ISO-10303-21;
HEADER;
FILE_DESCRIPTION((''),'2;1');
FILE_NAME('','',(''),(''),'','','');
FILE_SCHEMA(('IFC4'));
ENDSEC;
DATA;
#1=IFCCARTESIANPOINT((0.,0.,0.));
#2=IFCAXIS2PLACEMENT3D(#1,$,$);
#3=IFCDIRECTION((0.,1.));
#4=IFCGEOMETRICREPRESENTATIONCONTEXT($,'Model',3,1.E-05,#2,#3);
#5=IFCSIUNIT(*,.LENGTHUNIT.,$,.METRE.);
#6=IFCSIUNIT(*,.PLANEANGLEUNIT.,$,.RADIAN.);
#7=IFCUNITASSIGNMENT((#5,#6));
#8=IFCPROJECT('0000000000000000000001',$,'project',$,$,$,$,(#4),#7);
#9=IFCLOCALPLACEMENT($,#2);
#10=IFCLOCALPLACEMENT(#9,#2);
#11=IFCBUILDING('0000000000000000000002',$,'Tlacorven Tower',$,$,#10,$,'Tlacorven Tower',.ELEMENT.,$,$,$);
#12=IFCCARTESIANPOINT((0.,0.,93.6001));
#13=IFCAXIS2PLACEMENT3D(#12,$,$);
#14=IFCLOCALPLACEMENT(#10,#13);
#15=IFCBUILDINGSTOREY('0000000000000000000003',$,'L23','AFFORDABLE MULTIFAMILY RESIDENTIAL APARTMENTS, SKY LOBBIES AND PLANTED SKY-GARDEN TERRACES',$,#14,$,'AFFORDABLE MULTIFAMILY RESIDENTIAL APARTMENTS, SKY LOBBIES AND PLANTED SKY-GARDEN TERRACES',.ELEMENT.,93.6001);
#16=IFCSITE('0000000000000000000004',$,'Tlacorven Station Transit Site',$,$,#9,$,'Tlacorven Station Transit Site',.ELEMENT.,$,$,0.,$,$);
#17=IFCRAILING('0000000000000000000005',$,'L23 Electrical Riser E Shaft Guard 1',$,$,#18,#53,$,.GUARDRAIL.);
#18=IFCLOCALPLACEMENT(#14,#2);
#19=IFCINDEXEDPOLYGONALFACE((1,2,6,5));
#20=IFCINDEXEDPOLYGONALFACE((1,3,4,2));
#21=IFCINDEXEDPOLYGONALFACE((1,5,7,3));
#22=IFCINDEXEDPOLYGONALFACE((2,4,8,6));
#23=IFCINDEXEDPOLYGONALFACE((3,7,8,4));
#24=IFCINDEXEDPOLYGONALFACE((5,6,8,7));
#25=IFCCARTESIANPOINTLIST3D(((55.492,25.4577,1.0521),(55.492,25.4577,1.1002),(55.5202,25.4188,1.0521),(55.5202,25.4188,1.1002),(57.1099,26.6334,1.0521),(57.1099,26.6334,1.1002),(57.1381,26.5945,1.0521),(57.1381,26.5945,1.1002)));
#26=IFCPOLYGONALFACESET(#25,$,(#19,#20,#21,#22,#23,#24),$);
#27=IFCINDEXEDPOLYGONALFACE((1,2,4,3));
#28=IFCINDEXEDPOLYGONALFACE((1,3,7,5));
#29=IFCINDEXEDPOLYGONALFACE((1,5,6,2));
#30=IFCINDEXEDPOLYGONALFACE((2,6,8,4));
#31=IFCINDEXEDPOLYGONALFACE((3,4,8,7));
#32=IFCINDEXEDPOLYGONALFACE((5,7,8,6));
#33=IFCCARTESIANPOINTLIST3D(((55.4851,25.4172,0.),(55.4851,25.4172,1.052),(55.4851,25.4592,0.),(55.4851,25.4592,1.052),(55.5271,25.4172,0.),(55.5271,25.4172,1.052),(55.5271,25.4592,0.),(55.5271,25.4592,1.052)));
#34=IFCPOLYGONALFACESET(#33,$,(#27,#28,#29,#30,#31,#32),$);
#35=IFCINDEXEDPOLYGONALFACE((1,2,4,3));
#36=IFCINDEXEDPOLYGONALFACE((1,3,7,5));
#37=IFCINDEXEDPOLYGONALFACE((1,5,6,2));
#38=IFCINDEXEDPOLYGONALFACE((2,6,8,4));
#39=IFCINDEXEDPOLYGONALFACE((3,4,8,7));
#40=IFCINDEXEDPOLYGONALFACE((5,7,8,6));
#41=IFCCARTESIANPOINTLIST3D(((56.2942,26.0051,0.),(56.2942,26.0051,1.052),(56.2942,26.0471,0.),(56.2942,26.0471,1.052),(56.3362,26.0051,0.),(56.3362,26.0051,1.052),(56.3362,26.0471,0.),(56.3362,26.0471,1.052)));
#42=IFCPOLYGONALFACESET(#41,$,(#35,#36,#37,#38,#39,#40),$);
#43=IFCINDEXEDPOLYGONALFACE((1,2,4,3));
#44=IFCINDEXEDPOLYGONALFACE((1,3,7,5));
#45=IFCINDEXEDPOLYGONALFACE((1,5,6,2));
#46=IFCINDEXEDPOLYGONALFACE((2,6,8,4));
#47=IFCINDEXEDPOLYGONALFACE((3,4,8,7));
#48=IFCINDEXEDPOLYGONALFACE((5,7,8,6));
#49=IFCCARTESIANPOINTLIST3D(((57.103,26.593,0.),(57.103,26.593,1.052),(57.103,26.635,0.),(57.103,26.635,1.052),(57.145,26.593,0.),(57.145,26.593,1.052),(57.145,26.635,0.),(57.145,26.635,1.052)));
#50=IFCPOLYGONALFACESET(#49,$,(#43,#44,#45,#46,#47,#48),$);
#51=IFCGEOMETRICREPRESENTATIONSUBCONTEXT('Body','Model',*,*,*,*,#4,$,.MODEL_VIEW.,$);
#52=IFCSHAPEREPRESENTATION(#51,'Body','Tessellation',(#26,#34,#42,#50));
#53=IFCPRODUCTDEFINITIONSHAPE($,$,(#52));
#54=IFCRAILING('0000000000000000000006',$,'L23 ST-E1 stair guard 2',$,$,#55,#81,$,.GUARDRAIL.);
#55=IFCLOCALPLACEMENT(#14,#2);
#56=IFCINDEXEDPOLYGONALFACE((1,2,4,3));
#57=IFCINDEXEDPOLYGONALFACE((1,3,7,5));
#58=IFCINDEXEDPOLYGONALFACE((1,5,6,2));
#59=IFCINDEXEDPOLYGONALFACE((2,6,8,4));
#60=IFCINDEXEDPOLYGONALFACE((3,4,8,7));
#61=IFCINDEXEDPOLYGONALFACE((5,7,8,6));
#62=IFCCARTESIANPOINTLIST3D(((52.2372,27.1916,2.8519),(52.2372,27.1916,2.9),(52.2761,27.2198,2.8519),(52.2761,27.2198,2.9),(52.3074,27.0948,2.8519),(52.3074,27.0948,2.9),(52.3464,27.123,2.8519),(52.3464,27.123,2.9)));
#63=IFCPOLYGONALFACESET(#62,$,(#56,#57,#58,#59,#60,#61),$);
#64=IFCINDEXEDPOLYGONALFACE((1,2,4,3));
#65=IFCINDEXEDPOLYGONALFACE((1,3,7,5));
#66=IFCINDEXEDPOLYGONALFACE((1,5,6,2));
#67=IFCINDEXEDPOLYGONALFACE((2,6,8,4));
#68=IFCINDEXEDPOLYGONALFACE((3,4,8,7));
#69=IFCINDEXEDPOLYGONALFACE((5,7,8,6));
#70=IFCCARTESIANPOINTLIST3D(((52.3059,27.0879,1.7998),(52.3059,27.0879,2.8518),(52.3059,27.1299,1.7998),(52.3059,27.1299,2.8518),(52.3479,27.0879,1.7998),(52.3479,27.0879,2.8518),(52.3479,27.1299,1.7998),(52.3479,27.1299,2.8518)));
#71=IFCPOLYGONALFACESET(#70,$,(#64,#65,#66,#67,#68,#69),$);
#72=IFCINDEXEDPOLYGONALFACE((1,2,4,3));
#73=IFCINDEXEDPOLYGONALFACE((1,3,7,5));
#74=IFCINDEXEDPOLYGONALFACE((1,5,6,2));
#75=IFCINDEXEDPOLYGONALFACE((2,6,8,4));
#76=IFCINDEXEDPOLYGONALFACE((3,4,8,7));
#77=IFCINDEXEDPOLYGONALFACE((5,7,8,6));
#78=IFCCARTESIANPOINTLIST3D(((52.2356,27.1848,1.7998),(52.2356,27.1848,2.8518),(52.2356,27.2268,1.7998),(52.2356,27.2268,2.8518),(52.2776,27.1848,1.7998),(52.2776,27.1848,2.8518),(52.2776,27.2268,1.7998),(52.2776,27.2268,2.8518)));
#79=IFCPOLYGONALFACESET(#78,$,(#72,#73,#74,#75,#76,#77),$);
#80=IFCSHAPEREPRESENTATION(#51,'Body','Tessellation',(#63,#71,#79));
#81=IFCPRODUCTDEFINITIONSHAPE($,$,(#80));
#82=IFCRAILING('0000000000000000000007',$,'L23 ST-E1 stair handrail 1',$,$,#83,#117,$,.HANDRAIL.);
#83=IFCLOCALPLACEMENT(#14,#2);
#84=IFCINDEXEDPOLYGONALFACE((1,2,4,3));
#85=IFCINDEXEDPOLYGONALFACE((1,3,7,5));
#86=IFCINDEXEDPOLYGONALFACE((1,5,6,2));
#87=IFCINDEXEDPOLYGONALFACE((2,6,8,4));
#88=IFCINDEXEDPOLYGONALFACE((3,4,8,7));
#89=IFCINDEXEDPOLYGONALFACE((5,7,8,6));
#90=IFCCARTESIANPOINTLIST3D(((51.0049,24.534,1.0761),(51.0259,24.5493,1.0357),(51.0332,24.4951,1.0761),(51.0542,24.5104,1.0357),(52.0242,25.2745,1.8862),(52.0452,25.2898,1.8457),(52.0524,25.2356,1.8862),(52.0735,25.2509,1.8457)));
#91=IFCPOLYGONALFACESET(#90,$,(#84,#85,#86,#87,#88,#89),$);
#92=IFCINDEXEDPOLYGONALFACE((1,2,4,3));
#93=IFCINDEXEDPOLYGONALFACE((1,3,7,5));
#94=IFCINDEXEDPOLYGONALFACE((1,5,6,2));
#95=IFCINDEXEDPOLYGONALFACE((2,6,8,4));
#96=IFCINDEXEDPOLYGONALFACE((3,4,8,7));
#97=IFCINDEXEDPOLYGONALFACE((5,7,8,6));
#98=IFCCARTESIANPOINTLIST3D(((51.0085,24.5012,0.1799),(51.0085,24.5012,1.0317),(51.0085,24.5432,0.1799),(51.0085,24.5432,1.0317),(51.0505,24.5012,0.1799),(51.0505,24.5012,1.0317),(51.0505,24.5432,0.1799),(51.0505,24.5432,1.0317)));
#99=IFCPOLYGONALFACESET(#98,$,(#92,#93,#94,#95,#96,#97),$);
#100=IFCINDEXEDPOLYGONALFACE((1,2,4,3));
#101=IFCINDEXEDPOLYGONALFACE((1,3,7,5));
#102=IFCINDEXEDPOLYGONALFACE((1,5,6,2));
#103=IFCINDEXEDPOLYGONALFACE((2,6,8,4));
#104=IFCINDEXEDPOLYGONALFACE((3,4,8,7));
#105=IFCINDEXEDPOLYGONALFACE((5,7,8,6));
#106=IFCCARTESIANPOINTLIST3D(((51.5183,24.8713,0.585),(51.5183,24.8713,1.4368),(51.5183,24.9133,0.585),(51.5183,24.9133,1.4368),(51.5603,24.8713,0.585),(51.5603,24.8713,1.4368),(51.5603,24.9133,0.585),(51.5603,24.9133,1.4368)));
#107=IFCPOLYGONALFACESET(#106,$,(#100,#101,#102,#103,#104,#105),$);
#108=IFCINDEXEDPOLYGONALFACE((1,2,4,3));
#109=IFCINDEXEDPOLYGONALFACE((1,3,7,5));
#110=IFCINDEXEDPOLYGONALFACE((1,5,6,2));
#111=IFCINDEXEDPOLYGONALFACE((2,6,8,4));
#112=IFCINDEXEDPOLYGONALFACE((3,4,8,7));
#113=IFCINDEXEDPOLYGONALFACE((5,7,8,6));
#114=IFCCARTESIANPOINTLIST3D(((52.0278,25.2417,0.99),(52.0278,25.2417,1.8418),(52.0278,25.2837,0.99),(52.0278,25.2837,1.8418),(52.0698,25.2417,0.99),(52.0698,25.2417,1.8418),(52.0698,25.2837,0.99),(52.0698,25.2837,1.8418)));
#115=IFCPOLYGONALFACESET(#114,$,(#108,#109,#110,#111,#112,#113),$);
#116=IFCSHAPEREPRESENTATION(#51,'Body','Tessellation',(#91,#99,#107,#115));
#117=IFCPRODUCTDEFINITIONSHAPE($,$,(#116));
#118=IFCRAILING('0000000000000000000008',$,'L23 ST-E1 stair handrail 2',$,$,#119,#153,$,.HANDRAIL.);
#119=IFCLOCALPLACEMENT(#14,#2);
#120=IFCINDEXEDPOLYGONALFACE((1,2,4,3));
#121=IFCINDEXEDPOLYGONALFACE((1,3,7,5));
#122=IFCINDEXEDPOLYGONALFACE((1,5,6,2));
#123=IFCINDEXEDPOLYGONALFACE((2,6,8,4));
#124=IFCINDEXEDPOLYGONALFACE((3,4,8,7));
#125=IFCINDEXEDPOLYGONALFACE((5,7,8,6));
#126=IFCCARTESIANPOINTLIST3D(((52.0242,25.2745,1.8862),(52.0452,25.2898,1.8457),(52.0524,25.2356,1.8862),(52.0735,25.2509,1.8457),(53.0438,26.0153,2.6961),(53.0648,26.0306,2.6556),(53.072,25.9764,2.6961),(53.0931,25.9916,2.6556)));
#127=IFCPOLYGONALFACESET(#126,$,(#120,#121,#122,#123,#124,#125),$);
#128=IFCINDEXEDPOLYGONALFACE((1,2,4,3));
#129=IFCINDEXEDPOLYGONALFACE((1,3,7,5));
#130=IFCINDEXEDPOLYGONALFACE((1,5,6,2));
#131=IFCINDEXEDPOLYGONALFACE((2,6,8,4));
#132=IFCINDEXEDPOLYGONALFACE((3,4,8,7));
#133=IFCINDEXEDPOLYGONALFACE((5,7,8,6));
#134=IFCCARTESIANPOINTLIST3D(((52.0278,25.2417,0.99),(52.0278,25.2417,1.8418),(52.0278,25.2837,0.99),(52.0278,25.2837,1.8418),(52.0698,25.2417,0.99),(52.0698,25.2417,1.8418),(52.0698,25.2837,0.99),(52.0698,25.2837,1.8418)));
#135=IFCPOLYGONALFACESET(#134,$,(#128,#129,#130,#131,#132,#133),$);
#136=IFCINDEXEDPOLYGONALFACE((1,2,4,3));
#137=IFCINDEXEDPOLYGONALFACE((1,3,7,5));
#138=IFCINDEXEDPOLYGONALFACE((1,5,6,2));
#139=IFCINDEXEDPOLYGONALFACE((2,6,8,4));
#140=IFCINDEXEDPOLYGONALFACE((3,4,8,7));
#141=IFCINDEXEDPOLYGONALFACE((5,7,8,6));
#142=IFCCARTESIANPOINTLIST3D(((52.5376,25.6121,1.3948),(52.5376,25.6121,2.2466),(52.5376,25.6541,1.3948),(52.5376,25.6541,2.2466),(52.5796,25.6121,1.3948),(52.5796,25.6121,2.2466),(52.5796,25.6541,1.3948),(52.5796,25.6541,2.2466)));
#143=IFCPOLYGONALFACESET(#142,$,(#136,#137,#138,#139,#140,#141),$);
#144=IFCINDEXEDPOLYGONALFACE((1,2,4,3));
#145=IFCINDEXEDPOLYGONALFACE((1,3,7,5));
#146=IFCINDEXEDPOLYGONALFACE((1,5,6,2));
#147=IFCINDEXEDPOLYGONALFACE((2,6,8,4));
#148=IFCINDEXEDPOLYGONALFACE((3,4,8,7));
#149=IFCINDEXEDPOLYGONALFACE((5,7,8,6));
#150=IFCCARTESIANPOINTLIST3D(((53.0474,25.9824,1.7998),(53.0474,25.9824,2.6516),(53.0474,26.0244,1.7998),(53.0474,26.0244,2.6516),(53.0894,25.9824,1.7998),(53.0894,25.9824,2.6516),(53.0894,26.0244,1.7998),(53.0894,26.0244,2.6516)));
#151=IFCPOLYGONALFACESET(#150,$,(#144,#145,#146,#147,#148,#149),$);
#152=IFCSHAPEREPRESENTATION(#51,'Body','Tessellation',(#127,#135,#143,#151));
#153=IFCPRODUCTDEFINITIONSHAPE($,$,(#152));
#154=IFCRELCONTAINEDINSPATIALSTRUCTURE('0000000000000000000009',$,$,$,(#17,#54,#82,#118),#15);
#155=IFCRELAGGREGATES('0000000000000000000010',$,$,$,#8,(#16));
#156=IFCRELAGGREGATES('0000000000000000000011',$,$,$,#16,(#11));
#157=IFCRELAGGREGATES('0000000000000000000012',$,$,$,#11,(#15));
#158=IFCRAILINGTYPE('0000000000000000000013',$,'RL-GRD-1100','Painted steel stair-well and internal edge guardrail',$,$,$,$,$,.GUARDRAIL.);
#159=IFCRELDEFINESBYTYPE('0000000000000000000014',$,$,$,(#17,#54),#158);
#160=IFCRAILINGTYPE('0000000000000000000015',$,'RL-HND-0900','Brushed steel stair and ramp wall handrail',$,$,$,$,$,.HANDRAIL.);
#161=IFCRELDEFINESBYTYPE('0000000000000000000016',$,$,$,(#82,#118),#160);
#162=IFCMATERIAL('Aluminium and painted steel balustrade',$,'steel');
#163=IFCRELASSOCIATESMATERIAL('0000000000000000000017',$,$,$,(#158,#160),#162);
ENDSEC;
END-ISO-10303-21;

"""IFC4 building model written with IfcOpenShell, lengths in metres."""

from ifc_helpers import new_model, si_unit, direction, frame, origin, origin_2d, place, context, subcontext, project, spatial, rectangle, extrude, source, transform, mapped, material, type_object, element, save


model = new_model("IFC4")

# Units and contexts
model_context = context("Model", 3, precision=1e-05, world=origin(), true_north=direction((0.0, 1.0)))
body_context = subcontext(model_context, "Body", "Model", "MODEL_VIEW")
ifc_project = project(units=[si_unit("LENGTHUNIT", "METRE"), si_unit("PLANEANGLEUNIT", "RADIAN")], contexts=[model_context])

# Site, building, storey
site_placement = place(None, origin())
site = spatial("IfcSite", under=ifc_project, at=site_placement, Name="Tlacorven Station Transit Site", LongName="Tlacorven Station Transit Site", CompositionType="ELEMENT", RefElevation=0.0)
building_placement = place(site_placement, origin())
building = spatial("IfcBuilding", under=site, at=building_placement, Name="Tlacorven Tower", LongName="Tlacorven Tower", CompositionType="ELEMENT")
storey_placement = place(building_placement, frame((0.0, 0.0, 93.6001)))
storey = spatial("IfcBuildingStorey", under=building, at=storey_placement, Name="L23", Description="AFFORDABLE MULTIFAMILY RESIDENTIAL APARTMENTS, SKY LOBBIES AND PLANTED SKY-GARDEN TERRACES", LongName="AFFORDABLE MULTIFAMILY RESIDENTIAL APARTMENTS, SKY LOBBIES AND PLANTED SKY-GARDEN TERRACES", CompositionType="ELEMENT", Elevation=93.6001)

# Railings
ifc_material_1 = material(Name="Aluminium and painted steel balustrade", Category="steel")
railing_type_1 = type_object("IfcRailingType", Name="RL-GRD-1100", Description="Painted steel stair-well and internal edge guardrail", PredefinedType="GUARDRAIL", material=ifc_material_1)
shared_shape_1 = source(origin(), body_context, "Body", "SweptSolid", [
    extrude(rectangle(XDim=0.0481, YDim=0.0481, at=origin_2d()), frame((0.0, 0.0, 1.0762), z_axis=(0.808947, 0.587881, 0.0), x_axis=(-0.587881, 0.808947, 0.0)), (0.0, 0.0, 1.0), 2.0),
    extrude(rectangle(XDim=0.042, YDim=0.042, at=origin_2d()), origin(), (0.0, 0.0, 1.0), 1.052),
    extrude(rectangle(XDim=0.042, YDim=0.042, at=origin_2d()), frame((0.8091, 0.5879, 0.0)), (0.0, 0.0, 1.0), 1.052),
    extrude(rectangle(XDim=0.042, YDim=0.042, at=origin_2d()), frame((1.6179, 1.1758, 0.0)), (0.0, 0.0, 1.0), 1.052),
])
railing_1_placement = place(storey_placement, frame((55.5061, 25.4382, 0.0)))
element("IfcRailing", 1, at=railing_1_placement, inside=storey, type_object=railing_type_1, Name="L23 Electrical Riser E Shaft Guard 1", PredefinedType="GUARDRAIL", context=body_context, shape_type="MappedRepresentation", body=[
    mapped(shared_shape_1, transform((0.0, 0.0, 0.0), scale=1.0)),
])
shared_shape_2 = source(origin(), body_context, "Body", "SweptSolid", [
    extrude(rectangle(XDim=0.0481, YDim=0.0481, at=origin_2d()), frame((0.0, 0.0, 1.0762), z_axis=(-0.587201, 0.809441, 0.0), x_axis=(-0.809441, -0.587201, 0.0)), (0.0, 0.0, 1.0), 0.1196),
    extrude(rectangle(XDim=0.042, YDim=0.042, at=origin_2d()), origin(), (0.0, 0.0, 1.0), 1.052),
    extrude(rectangle(XDim=0.042, YDim=0.042, at=origin_2d()), frame((-0.0703, 0.0969, 0.0)), (0.0, 0.0, 1.0), 1.052),
])
railing_2_placement = place(storey_placement, frame((52.3269, 27.1089, 1.7998)))
element("IfcRailing", 2, at=railing_2_placement, inside=storey, type_object=railing_type_1, Name="L23 ST-E1 stair guard 2", PredefinedType="GUARDRAIL", context=body_context, shape_type="MappedRepresentation", body=[
    mapped(shared_shape_2, transform((0.0, 0.0, 0.0), scale=1.0)),
])
railing_type_2 = type_object("IfcRailingType", Name="RL-HND-0900", Description="Brushed steel stair and ramp wall handrail", PredefinedType="HANDRAIL", material=ifc_material_1)
shared_shape_3 = source(origin(), body_context, "Body", "SweptSolid", [
    extrude(rectangle(XDim=0.0481, YDim=0.0481, at=origin_2d()), frame((0.0, 0.0, 0.876), z_axis=(0.680516, 0.494373, 0.540827), x_axis=(-0.587745, 0.809046, 0.0)), (0.0, 0.0, 1.0), 1.4978),
    extrude(rectangle(XDim=0.042, YDim=0.042, at=origin_2d()), origin(), (0.0, 0.0, 1.0), 0.8518),
    extrude(rectangle(XDim=0.042, YDim=0.042, at=origin_2d()), frame((0.5098, 0.3701, 0.405)), (0.0, 0.0, 1.0), 0.8518),
    extrude(rectangle(XDim=0.042, YDim=0.042, at=origin_2d()), frame((1.0193, 0.7405, 0.8101)), (0.0, 0.0, 1.0), 0.8518),
])
railing_3_placement = place(storey_placement, frame((51.0295, 24.5222, 0.1799)))
element("IfcRailing", 3, at=railing_3_placement, inside=storey, type_object=railing_type_2, Name="L23 ST-E1 stair handrail 1", PredefinedType="HANDRAIL", context=body_context, shape_type="MappedRepresentation", body=[
    mapped(shared_shape_3, transform((0.0, 0.0, 0.0), scale=1.0)),
])
shared_shape_4 = source(origin(), body_context, "Body", "SweptSolid", [
    extrude(rectangle(XDim=0.0481, YDim=0.0481, at=origin_2d()), frame((0.0, 0.0, 0.876), z_axis=(0.680609, 0.494484, 0.540608), x_axis=(-0.58778, 0.809021, 0.0)), (0.0, 0.0, 1.0), 1.498),
    extrude(rectangle(XDim=0.042, YDim=0.042, at=origin_2d()), origin(), (0.0, 0.0, 1.0), 0.8518),
    extrude(rectangle(XDim=0.042, YDim=0.042, at=origin_2d()), frame((0.5098, 0.3704, 0.4048)), (0.0, 0.0, 1.0), 0.8518),
    extrude(rectangle(XDim=0.042, YDim=0.042, at=origin_2d()), frame((1.0195, 0.7407, 0.8098)), (0.0, 0.0, 1.0), 0.8518),
])
railing_4_placement = place(storey_placement, frame((52.0488, 25.2627, 0.99)))
element("IfcRailing", 4, at=railing_4_placement, inside=storey, type_object=railing_type_2, Name="L23 ST-E1 stair handrail 2", PredefinedType="HANDRAIL", context=body_context, shape_type="MappedRepresentation", body=[
    mapped(shared_shape_4, transform((0.0, 0.0, 0.0), scale=1.0)),
])

save(model, "model.ifc")
